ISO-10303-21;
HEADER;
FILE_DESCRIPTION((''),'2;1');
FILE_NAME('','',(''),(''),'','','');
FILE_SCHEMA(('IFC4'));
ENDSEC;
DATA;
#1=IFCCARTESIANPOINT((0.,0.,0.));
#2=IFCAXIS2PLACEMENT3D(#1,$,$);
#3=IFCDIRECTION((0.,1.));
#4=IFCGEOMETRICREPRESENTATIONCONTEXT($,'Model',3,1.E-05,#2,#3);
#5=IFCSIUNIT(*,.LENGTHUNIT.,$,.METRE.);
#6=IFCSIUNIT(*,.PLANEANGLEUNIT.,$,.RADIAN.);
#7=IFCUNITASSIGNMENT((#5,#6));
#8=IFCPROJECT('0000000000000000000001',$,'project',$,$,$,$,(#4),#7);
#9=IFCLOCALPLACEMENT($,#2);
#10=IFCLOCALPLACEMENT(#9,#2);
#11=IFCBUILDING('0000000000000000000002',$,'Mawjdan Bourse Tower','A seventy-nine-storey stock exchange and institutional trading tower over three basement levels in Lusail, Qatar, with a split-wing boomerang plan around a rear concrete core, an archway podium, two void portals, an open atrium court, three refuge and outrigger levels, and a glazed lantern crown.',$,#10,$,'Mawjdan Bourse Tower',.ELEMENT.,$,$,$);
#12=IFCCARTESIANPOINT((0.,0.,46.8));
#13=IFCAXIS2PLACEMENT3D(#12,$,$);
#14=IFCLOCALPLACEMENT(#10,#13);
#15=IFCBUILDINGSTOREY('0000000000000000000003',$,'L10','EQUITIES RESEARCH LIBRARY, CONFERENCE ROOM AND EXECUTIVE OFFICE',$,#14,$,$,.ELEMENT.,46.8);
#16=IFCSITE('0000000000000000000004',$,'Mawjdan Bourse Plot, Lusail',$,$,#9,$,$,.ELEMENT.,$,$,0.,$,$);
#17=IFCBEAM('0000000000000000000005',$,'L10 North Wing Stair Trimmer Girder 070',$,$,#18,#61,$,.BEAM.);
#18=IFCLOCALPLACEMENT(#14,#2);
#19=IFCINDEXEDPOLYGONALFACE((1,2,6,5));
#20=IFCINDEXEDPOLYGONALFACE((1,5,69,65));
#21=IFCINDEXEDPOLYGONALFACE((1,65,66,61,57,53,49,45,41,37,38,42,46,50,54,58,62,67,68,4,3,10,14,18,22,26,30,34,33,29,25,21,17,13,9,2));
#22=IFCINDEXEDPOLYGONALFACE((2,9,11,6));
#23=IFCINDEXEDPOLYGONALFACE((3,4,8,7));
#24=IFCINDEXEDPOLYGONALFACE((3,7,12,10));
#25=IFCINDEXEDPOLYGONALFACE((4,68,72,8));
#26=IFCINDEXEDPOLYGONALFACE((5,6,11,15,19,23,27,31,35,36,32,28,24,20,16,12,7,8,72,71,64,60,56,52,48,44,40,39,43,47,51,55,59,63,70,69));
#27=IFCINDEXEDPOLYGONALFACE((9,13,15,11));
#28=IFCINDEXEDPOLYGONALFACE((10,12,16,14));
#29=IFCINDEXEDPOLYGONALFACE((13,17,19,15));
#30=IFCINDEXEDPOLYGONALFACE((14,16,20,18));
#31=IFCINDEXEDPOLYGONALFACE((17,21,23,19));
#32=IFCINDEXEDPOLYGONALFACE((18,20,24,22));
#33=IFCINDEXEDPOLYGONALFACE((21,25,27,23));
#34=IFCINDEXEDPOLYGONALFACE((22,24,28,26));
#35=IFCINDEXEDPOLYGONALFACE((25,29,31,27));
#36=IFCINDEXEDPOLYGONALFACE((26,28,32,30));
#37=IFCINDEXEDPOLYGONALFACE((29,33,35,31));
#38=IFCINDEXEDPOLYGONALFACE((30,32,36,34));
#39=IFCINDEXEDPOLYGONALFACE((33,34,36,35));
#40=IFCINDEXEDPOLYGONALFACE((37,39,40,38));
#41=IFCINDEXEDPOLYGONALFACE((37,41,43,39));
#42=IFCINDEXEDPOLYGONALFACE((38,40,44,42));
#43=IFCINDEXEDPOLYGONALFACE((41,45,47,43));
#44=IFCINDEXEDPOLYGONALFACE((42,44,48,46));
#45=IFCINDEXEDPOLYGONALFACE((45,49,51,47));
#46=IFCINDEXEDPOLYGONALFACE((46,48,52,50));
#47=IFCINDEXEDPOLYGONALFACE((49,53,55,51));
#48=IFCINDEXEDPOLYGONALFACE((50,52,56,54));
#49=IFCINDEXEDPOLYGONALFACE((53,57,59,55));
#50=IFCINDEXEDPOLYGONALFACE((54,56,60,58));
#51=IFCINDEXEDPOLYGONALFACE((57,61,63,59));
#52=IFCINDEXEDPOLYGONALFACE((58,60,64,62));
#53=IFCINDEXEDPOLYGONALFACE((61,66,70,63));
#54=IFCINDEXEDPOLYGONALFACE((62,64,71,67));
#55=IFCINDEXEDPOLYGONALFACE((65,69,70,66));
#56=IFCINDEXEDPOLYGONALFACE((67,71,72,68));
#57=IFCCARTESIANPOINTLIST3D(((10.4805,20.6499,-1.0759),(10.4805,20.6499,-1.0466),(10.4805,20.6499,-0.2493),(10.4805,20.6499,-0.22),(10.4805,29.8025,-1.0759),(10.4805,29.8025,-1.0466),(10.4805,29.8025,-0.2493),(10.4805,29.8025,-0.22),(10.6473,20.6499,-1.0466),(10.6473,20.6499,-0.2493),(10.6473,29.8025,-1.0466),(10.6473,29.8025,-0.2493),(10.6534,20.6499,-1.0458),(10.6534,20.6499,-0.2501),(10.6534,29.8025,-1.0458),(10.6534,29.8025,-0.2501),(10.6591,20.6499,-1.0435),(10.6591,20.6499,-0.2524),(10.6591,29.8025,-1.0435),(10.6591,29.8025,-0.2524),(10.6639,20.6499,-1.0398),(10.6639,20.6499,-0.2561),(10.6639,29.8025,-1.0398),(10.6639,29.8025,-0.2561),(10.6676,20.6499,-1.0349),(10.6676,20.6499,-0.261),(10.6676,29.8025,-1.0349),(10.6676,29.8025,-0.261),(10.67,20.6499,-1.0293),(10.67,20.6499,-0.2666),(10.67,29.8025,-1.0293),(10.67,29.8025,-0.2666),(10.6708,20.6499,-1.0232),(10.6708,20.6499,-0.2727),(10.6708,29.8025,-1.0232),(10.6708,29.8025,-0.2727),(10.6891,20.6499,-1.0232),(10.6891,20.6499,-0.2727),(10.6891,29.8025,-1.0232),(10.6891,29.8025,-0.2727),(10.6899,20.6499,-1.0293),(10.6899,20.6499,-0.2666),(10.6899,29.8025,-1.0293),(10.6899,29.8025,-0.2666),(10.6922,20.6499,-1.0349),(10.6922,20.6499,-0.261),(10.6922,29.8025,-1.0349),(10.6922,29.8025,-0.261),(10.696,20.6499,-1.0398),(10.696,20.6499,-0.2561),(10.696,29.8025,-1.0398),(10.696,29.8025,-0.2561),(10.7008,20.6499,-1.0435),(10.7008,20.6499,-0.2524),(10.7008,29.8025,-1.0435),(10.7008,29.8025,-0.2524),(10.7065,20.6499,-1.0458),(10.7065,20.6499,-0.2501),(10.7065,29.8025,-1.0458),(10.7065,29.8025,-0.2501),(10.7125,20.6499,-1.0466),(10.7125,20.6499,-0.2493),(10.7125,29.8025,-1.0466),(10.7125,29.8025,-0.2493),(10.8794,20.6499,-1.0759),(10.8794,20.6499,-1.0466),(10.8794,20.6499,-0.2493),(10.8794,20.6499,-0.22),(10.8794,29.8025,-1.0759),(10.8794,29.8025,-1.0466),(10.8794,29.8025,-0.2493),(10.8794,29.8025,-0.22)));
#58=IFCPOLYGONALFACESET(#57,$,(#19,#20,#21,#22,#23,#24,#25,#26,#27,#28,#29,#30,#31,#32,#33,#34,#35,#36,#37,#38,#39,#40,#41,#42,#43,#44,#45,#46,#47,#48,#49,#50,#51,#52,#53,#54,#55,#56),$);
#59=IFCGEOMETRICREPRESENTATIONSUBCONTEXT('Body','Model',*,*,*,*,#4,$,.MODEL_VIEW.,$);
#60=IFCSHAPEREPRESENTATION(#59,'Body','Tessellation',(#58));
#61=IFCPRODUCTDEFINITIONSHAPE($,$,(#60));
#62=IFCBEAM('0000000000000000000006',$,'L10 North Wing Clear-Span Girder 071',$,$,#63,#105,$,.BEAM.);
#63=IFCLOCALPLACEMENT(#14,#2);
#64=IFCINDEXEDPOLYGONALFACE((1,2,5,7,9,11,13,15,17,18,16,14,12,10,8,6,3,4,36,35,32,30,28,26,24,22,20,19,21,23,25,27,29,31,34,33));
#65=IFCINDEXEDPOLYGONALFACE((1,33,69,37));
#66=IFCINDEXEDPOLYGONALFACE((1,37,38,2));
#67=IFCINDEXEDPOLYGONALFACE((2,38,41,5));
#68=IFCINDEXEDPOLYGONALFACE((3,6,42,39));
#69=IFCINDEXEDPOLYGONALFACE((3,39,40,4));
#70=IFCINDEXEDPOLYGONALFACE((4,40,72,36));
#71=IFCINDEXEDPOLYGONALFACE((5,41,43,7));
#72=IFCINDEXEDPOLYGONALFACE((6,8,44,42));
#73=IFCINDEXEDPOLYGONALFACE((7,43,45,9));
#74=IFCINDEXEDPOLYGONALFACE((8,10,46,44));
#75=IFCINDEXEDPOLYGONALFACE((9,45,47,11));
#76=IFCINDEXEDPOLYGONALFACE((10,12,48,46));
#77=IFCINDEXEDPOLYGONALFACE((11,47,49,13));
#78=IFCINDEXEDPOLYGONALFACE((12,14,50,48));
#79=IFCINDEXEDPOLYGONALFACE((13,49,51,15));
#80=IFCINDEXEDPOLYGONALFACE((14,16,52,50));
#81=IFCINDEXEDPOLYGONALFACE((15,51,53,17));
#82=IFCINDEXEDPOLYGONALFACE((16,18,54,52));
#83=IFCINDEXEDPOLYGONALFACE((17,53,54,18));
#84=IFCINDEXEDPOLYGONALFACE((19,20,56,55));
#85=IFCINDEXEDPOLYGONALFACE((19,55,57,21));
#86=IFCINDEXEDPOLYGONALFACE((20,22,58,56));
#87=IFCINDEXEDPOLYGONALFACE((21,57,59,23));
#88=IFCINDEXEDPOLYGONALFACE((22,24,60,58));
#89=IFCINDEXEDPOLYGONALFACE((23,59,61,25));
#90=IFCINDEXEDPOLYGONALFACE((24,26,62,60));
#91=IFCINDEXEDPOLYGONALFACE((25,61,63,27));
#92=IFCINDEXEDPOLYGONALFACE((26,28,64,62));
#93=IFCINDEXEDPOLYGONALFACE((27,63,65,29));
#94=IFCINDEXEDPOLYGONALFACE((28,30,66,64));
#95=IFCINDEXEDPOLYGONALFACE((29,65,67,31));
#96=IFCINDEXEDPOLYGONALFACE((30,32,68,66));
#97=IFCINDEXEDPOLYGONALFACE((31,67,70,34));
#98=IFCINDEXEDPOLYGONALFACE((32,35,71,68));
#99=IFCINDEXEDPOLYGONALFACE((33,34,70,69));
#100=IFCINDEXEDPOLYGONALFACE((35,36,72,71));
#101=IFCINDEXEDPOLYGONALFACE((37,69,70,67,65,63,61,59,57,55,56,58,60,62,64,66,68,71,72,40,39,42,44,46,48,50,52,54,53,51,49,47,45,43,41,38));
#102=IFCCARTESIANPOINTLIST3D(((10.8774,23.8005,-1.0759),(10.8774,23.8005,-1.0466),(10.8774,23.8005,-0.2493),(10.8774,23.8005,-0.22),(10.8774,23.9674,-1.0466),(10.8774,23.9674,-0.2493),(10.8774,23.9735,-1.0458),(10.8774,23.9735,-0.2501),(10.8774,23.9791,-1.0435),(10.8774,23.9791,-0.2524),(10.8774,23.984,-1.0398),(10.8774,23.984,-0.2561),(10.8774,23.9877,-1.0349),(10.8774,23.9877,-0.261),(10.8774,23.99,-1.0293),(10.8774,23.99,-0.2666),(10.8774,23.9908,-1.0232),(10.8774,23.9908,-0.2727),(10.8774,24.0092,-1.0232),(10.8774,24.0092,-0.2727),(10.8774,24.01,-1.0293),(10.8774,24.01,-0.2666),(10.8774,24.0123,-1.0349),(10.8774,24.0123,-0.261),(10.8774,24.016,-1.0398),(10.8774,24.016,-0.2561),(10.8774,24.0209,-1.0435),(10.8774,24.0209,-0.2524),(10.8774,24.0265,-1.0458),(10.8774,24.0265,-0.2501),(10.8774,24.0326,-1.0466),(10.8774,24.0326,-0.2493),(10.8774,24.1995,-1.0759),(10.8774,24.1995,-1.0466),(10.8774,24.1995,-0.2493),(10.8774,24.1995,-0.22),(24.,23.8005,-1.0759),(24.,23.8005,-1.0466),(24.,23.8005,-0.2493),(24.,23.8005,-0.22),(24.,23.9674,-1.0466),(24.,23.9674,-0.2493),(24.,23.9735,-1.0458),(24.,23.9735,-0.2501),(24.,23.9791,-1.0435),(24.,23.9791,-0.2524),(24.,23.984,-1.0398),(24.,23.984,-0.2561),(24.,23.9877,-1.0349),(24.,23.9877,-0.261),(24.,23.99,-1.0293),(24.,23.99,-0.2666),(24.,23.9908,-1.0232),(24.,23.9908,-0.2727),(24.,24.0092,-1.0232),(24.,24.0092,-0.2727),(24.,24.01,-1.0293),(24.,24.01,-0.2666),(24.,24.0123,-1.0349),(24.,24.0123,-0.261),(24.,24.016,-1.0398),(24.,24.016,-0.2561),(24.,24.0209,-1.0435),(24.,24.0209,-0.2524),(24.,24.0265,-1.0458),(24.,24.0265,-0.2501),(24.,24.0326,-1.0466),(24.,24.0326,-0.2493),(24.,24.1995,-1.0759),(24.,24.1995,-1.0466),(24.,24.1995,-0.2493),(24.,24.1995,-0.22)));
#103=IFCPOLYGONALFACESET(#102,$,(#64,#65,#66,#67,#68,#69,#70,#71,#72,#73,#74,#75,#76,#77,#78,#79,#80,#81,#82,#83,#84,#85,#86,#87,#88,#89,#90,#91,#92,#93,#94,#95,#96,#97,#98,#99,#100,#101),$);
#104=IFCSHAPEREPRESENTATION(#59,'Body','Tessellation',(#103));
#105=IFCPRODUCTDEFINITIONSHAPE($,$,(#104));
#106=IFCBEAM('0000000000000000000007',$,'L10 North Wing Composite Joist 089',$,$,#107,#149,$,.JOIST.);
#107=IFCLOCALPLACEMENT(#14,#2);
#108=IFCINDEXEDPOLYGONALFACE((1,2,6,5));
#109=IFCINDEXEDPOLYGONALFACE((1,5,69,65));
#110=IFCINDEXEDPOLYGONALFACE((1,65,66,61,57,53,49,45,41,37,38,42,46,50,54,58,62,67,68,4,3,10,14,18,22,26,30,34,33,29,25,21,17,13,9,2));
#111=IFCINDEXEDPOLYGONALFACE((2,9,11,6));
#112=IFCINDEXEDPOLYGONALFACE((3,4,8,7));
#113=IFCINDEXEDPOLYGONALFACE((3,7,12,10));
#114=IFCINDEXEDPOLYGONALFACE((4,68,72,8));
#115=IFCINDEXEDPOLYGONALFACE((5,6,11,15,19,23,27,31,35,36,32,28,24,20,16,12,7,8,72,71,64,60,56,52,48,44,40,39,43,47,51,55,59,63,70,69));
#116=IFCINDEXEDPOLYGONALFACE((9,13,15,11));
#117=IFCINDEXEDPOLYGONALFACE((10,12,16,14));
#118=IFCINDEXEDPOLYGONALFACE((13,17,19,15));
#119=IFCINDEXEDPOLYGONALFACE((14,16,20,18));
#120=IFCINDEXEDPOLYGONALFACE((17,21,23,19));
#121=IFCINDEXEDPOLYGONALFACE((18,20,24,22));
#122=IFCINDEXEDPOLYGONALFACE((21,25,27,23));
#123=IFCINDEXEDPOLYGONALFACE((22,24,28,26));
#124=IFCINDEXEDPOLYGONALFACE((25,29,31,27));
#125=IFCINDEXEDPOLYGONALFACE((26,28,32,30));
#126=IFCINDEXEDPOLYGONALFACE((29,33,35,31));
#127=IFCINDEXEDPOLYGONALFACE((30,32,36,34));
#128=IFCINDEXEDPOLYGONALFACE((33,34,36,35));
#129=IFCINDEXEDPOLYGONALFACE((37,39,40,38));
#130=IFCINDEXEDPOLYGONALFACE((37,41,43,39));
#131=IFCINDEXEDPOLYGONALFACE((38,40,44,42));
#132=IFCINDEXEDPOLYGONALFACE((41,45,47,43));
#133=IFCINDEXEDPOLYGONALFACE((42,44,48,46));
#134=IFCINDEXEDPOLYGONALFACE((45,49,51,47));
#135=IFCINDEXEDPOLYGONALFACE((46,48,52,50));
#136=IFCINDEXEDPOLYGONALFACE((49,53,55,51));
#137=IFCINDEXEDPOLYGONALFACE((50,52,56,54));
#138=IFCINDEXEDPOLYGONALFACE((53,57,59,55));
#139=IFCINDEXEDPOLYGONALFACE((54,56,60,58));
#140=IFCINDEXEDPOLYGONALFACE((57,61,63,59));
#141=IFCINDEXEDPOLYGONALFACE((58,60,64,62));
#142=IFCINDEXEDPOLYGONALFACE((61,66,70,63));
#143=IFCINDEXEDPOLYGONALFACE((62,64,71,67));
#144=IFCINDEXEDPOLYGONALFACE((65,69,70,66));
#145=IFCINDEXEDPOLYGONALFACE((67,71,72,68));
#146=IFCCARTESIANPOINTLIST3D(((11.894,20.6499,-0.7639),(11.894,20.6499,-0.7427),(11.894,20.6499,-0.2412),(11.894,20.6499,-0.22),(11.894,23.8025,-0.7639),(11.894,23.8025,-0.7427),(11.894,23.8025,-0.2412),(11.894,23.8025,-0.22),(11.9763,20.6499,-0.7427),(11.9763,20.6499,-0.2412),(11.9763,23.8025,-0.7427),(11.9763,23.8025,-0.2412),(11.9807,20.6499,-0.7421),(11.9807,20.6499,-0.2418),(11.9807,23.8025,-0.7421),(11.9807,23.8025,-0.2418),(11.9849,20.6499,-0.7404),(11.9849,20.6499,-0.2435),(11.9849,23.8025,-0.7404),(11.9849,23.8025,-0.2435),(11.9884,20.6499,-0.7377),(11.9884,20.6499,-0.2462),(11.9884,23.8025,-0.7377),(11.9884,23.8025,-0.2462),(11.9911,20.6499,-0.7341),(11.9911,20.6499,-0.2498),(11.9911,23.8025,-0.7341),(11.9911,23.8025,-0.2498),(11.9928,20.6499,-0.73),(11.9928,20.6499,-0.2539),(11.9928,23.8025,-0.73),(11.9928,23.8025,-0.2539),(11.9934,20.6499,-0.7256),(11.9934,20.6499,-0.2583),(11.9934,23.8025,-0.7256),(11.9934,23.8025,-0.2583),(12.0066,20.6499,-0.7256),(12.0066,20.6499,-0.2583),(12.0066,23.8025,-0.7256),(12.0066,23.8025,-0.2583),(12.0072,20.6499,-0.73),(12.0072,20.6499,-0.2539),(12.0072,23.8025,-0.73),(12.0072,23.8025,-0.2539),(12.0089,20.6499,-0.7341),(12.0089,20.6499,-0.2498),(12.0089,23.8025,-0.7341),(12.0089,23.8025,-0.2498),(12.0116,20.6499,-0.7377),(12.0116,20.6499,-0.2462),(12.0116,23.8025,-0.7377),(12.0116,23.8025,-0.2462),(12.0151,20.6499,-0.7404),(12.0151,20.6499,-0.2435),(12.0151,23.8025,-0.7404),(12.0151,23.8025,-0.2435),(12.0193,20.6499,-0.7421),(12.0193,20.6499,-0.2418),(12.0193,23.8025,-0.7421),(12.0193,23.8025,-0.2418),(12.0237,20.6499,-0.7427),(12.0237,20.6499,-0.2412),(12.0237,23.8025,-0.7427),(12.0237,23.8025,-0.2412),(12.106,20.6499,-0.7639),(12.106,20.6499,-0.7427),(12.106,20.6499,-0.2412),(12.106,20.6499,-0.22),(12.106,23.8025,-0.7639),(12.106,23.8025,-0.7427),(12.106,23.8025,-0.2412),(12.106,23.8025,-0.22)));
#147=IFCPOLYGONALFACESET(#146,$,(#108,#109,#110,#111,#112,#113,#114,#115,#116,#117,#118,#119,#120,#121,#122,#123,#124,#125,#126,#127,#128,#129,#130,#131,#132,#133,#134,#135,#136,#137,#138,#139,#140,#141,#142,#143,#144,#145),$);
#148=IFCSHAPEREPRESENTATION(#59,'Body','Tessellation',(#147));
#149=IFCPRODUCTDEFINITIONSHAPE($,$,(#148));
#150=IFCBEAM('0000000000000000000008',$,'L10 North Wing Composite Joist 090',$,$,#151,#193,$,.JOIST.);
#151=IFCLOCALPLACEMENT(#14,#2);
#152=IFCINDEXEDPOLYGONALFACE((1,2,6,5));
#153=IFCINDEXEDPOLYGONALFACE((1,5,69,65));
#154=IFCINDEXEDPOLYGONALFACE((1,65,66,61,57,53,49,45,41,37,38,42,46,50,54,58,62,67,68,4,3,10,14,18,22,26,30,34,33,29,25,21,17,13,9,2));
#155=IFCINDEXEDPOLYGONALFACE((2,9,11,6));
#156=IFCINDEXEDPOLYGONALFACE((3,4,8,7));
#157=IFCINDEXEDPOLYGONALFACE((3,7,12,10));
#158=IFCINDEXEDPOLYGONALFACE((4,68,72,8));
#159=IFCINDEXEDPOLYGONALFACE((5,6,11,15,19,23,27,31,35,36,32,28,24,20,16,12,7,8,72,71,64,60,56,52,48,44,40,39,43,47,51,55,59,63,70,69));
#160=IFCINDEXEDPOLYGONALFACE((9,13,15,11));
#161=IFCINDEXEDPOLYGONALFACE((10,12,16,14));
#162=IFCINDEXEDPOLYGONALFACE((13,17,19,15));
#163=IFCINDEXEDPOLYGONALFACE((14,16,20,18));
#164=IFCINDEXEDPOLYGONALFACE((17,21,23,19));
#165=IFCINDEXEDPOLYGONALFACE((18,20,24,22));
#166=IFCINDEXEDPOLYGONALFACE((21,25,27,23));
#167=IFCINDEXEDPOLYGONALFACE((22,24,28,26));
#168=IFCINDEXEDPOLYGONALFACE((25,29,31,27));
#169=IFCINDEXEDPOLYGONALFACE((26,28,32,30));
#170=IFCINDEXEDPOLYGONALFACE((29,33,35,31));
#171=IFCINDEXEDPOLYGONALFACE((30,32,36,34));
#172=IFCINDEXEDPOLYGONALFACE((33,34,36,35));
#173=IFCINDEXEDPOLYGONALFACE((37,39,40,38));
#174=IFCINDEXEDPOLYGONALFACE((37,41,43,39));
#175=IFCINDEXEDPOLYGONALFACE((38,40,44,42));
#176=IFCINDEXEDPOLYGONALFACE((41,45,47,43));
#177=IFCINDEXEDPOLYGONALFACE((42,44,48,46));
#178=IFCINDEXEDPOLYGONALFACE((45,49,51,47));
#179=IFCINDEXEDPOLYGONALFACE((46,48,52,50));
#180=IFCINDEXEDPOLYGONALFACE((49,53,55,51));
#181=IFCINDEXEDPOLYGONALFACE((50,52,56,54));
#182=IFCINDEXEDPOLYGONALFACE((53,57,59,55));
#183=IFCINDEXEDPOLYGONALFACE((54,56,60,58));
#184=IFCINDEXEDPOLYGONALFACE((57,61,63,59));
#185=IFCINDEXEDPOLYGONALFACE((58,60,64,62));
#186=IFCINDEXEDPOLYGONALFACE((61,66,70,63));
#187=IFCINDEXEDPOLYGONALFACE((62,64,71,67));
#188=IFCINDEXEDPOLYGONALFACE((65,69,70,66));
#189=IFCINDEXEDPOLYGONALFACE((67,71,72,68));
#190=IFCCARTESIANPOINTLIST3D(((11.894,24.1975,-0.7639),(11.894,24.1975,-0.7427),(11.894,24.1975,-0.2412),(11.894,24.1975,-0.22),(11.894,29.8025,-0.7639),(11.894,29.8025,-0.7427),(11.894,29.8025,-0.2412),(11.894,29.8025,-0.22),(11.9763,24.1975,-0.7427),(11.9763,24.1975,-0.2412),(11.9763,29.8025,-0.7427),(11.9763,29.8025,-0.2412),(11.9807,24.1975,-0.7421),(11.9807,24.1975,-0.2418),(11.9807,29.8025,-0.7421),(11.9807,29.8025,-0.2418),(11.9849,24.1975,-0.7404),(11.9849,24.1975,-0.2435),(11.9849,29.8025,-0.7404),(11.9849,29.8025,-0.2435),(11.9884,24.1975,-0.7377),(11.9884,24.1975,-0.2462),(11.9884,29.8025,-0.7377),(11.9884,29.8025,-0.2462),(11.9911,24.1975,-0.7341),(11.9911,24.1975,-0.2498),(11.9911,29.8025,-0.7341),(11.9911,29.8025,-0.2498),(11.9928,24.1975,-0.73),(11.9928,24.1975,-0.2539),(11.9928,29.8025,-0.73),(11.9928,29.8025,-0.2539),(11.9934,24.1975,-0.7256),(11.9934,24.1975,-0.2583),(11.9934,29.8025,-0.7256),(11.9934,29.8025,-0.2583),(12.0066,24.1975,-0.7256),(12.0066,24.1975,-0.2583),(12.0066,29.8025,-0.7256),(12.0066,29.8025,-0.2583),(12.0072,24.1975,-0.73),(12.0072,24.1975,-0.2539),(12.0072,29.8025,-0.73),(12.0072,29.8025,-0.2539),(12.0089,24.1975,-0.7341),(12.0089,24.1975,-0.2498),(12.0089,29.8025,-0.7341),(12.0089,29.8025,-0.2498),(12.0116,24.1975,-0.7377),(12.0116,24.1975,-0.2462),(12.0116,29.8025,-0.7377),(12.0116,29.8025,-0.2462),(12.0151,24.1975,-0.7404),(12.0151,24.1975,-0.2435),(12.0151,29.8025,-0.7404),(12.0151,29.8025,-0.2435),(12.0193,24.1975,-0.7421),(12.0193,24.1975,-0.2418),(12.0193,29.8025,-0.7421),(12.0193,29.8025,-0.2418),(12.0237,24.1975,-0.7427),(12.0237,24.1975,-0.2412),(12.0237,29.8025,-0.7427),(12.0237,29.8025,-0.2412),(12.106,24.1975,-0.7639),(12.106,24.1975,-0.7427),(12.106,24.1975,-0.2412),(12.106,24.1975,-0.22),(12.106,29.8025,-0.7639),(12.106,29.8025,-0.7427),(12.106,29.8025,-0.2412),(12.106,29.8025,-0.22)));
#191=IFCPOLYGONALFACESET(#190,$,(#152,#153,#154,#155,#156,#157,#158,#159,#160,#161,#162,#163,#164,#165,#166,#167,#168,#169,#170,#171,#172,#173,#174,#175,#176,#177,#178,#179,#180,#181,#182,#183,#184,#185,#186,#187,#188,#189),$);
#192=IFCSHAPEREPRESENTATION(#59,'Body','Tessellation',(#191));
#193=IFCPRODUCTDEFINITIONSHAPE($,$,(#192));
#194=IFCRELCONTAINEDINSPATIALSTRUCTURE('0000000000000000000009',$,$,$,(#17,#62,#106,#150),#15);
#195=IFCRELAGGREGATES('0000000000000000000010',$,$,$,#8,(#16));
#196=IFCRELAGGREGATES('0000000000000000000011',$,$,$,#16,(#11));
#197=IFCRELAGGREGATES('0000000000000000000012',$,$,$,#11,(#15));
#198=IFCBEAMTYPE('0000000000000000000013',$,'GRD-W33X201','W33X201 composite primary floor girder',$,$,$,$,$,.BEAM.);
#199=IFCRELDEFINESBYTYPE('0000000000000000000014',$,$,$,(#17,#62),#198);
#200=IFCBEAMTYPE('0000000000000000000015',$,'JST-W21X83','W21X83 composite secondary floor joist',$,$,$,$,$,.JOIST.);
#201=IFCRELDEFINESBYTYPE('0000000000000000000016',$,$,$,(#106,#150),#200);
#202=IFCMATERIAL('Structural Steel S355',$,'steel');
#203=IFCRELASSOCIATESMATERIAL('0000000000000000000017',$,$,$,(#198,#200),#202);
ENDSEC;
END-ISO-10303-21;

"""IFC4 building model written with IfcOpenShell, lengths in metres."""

from ifc_helpers import new_model, si_unit, direction, frame, origin, origin_2d, place, context, subcontext, project, spatial, i_section, extrude, material, material_profile, profile_set, type_object, element, save


model = new_model("IFC4")

# Units and contexts
model_context = context("Model", 3, precision=1e-05, world=origin(), true_north=direction((0.0, 1.0)))
body_context = subcontext(model_context, "Body", "Model", "MODEL_VIEW")
ifc_project = project(units=[si_unit("LENGTHUNIT", "METRE"), si_unit("PLANEANGLEUNIT", "RADIAN")], contexts=[model_context])

# Site, building, storey
site_placement = place(None, origin())
site = spatial("IfcSite", under=ifc_project, at=site_placement, Name="Mawjdan Bourse Plot, Lusail", CompositionType="ELEMENT", RefElevation=0.0)
building_placement = place(site_placement, origin())
building = spatial("IfcBuilding", under=site, at=building_placement, Name="Mawjdan Bourse Tower", Description="A seventy-nine-storey stock exchange and institutional trading tower over three basement levels in Lusail, Qatar, with a split-wing boomerang plan around a rear concrete core, an archway podium, two void portals, an open atrium court, three refuge and outrigger levels, and a glazed lantern crown.", LongName="Mawjdan Bourse Tower", CompositionType="ELEMENT")
storey_placement = place(building_placement, frame((0.0, 0.0, 46.8)))
storey = spatial("IfcBuildingStorey", under=building, at=storey_placement, Name="L10", Description="EQUITIES RESEARCH LIBRARY, CONFERENCE ROOM AND EXECUTIVE OFFICE", CompositionType="ELEMENT", Elevation=46.8)

# Beams
ifc_material_1 = material(Name="Structural Steel S355", Category="steel")
ifc_material_profile_1 = material_profile(ifc_material_1, i_section(OverallWidth=0.3989, OverallDepth=0.856, WebThickness=0.0183, FlangeThickness=0.0293, FilletRadius=0.0234, at=origin_2d()), Name="W33X201")
ifc_profile_set_1 = profile_set([ifc_material_profile_1], Name="Structural Steel S355")
beam_type_1 = type_object("IfcBeamType", Name="GRD-W33X201", Description="W33X201 composite primary floor girder", PredefinedType="BEAM", material=ifc_profile_set_1)
beam_1_placement = place(storey_placement, frame((10.6799, 20.6499, -0.6479), z_axis=(0.0, 1.0, 0.0), x_axis=(-1.0, 0.0, 0.0)))
element("IfcBeam", 1, at=beam_1_placement, inside=storey, type_object=beam_type_1, Name="L10 North Wing Stair Trimmer Girder 070", PredefinedType="BEAM", context=body_context, shape_type="SweptSolid", body=[
    extrude(i_section(OverallWidth=0.3989, OverallDepth=0.856, WebThickness=0.0183, FlangeThickness=0.0293, FilletRadius=0.0234, at=origin_2d()), origin(), (0.0, 0.0, 1.0), 9.1526),
])
beam_2_placement = place(storey_placement, frame((10.8774, 24.0, -0.6479), z_axis=(1.0, 0.0, 0.0), x_axis=(0.0, 1.0, 0.0)))
element("IfcBeam", 2, at=beam_2_placement, inside=storey, type_object=beam_type_1, Name="L10 North Wing Clear-Span Girder 071", PredefinedType="BEAM", context=body_context, shape_type="SweptSolid", body=[
    extrude(i_section(OverallWidth=0.3989, OverallDepth=0.856, WebThickness=0.0183, FlangeThickness=0.0293, FilletRadius=0.0234, at=origin_2d()), origin(), (0.0, 0.0, 1.0), 13.1226),
])
ifc_material_profile_2 = material_profile(ifc_material_1, i_section(OverallWidth=0.2119, OverallDepth=0.5439, WebThickness=0.0132, FlangeThickness=0.0212, FilletRadius=0.0171, at=origin_2d()), Name="W21X83")
ifc_profile_set_2 = profile_set([ifc_material_profile_2], Name="Structural Steel S355")
beam_type_2 = type_object("IfcBeamType", Name="JST-W21X83", Description="W21X83 composite secondary floor joist", PredefinedType="JOIST", material=ifc_profile_set_2)
beam_3_placement = place(storey_placement, frame((12.0, 20.6499, -0.4919), z_axis=(0.0, 1.0, 0.0), x_axis=(-1.0, 0.0, 0.0)))
element("IfcBeam", 3, at=beam_3_placement, inside=storey, type_object=beam_type_2, Name="L10 North Wing Composite Joist 089", PredefinedType="JOIST", context=body_context, shape_type="SweptSolid", body=[
    extrude(i_section(OverallWidth=0.2119, OverallDepth=0.5439, WebThickness=0.0132, FlangeThickness=0.0212, FilletRadius=0.0171, at=origin_2d()), origin(), (0.0, 0.0, 1.0), 3.1526),
])
beam_4_placement = place(storey_placement, frame((12.0, 24.1975, -0.4919), z_axis=(0.0, 1.0, 0.0), x_axis=(-1.0, 0.0, 0.0)))
element("IfcBeam", 4, at=beam_4_placement, inside=storey, type_object=beam_type_2, Name="L10 North Wing Composite Joist 090", PredefinedType="JOIST", context=body_context, shape_type="SweptSolid", body=[
    extrude(i_section(OverallWidth=0.2119, OverallDepth=0.5439, WebThickness=0.0132, FlangeThickness=0.0212, FilletRadius=0.0171, at=origin_2d()), origin(), (0.0, 0.0, 1.0), 5.605),
])

save(model, "model.ifc")
